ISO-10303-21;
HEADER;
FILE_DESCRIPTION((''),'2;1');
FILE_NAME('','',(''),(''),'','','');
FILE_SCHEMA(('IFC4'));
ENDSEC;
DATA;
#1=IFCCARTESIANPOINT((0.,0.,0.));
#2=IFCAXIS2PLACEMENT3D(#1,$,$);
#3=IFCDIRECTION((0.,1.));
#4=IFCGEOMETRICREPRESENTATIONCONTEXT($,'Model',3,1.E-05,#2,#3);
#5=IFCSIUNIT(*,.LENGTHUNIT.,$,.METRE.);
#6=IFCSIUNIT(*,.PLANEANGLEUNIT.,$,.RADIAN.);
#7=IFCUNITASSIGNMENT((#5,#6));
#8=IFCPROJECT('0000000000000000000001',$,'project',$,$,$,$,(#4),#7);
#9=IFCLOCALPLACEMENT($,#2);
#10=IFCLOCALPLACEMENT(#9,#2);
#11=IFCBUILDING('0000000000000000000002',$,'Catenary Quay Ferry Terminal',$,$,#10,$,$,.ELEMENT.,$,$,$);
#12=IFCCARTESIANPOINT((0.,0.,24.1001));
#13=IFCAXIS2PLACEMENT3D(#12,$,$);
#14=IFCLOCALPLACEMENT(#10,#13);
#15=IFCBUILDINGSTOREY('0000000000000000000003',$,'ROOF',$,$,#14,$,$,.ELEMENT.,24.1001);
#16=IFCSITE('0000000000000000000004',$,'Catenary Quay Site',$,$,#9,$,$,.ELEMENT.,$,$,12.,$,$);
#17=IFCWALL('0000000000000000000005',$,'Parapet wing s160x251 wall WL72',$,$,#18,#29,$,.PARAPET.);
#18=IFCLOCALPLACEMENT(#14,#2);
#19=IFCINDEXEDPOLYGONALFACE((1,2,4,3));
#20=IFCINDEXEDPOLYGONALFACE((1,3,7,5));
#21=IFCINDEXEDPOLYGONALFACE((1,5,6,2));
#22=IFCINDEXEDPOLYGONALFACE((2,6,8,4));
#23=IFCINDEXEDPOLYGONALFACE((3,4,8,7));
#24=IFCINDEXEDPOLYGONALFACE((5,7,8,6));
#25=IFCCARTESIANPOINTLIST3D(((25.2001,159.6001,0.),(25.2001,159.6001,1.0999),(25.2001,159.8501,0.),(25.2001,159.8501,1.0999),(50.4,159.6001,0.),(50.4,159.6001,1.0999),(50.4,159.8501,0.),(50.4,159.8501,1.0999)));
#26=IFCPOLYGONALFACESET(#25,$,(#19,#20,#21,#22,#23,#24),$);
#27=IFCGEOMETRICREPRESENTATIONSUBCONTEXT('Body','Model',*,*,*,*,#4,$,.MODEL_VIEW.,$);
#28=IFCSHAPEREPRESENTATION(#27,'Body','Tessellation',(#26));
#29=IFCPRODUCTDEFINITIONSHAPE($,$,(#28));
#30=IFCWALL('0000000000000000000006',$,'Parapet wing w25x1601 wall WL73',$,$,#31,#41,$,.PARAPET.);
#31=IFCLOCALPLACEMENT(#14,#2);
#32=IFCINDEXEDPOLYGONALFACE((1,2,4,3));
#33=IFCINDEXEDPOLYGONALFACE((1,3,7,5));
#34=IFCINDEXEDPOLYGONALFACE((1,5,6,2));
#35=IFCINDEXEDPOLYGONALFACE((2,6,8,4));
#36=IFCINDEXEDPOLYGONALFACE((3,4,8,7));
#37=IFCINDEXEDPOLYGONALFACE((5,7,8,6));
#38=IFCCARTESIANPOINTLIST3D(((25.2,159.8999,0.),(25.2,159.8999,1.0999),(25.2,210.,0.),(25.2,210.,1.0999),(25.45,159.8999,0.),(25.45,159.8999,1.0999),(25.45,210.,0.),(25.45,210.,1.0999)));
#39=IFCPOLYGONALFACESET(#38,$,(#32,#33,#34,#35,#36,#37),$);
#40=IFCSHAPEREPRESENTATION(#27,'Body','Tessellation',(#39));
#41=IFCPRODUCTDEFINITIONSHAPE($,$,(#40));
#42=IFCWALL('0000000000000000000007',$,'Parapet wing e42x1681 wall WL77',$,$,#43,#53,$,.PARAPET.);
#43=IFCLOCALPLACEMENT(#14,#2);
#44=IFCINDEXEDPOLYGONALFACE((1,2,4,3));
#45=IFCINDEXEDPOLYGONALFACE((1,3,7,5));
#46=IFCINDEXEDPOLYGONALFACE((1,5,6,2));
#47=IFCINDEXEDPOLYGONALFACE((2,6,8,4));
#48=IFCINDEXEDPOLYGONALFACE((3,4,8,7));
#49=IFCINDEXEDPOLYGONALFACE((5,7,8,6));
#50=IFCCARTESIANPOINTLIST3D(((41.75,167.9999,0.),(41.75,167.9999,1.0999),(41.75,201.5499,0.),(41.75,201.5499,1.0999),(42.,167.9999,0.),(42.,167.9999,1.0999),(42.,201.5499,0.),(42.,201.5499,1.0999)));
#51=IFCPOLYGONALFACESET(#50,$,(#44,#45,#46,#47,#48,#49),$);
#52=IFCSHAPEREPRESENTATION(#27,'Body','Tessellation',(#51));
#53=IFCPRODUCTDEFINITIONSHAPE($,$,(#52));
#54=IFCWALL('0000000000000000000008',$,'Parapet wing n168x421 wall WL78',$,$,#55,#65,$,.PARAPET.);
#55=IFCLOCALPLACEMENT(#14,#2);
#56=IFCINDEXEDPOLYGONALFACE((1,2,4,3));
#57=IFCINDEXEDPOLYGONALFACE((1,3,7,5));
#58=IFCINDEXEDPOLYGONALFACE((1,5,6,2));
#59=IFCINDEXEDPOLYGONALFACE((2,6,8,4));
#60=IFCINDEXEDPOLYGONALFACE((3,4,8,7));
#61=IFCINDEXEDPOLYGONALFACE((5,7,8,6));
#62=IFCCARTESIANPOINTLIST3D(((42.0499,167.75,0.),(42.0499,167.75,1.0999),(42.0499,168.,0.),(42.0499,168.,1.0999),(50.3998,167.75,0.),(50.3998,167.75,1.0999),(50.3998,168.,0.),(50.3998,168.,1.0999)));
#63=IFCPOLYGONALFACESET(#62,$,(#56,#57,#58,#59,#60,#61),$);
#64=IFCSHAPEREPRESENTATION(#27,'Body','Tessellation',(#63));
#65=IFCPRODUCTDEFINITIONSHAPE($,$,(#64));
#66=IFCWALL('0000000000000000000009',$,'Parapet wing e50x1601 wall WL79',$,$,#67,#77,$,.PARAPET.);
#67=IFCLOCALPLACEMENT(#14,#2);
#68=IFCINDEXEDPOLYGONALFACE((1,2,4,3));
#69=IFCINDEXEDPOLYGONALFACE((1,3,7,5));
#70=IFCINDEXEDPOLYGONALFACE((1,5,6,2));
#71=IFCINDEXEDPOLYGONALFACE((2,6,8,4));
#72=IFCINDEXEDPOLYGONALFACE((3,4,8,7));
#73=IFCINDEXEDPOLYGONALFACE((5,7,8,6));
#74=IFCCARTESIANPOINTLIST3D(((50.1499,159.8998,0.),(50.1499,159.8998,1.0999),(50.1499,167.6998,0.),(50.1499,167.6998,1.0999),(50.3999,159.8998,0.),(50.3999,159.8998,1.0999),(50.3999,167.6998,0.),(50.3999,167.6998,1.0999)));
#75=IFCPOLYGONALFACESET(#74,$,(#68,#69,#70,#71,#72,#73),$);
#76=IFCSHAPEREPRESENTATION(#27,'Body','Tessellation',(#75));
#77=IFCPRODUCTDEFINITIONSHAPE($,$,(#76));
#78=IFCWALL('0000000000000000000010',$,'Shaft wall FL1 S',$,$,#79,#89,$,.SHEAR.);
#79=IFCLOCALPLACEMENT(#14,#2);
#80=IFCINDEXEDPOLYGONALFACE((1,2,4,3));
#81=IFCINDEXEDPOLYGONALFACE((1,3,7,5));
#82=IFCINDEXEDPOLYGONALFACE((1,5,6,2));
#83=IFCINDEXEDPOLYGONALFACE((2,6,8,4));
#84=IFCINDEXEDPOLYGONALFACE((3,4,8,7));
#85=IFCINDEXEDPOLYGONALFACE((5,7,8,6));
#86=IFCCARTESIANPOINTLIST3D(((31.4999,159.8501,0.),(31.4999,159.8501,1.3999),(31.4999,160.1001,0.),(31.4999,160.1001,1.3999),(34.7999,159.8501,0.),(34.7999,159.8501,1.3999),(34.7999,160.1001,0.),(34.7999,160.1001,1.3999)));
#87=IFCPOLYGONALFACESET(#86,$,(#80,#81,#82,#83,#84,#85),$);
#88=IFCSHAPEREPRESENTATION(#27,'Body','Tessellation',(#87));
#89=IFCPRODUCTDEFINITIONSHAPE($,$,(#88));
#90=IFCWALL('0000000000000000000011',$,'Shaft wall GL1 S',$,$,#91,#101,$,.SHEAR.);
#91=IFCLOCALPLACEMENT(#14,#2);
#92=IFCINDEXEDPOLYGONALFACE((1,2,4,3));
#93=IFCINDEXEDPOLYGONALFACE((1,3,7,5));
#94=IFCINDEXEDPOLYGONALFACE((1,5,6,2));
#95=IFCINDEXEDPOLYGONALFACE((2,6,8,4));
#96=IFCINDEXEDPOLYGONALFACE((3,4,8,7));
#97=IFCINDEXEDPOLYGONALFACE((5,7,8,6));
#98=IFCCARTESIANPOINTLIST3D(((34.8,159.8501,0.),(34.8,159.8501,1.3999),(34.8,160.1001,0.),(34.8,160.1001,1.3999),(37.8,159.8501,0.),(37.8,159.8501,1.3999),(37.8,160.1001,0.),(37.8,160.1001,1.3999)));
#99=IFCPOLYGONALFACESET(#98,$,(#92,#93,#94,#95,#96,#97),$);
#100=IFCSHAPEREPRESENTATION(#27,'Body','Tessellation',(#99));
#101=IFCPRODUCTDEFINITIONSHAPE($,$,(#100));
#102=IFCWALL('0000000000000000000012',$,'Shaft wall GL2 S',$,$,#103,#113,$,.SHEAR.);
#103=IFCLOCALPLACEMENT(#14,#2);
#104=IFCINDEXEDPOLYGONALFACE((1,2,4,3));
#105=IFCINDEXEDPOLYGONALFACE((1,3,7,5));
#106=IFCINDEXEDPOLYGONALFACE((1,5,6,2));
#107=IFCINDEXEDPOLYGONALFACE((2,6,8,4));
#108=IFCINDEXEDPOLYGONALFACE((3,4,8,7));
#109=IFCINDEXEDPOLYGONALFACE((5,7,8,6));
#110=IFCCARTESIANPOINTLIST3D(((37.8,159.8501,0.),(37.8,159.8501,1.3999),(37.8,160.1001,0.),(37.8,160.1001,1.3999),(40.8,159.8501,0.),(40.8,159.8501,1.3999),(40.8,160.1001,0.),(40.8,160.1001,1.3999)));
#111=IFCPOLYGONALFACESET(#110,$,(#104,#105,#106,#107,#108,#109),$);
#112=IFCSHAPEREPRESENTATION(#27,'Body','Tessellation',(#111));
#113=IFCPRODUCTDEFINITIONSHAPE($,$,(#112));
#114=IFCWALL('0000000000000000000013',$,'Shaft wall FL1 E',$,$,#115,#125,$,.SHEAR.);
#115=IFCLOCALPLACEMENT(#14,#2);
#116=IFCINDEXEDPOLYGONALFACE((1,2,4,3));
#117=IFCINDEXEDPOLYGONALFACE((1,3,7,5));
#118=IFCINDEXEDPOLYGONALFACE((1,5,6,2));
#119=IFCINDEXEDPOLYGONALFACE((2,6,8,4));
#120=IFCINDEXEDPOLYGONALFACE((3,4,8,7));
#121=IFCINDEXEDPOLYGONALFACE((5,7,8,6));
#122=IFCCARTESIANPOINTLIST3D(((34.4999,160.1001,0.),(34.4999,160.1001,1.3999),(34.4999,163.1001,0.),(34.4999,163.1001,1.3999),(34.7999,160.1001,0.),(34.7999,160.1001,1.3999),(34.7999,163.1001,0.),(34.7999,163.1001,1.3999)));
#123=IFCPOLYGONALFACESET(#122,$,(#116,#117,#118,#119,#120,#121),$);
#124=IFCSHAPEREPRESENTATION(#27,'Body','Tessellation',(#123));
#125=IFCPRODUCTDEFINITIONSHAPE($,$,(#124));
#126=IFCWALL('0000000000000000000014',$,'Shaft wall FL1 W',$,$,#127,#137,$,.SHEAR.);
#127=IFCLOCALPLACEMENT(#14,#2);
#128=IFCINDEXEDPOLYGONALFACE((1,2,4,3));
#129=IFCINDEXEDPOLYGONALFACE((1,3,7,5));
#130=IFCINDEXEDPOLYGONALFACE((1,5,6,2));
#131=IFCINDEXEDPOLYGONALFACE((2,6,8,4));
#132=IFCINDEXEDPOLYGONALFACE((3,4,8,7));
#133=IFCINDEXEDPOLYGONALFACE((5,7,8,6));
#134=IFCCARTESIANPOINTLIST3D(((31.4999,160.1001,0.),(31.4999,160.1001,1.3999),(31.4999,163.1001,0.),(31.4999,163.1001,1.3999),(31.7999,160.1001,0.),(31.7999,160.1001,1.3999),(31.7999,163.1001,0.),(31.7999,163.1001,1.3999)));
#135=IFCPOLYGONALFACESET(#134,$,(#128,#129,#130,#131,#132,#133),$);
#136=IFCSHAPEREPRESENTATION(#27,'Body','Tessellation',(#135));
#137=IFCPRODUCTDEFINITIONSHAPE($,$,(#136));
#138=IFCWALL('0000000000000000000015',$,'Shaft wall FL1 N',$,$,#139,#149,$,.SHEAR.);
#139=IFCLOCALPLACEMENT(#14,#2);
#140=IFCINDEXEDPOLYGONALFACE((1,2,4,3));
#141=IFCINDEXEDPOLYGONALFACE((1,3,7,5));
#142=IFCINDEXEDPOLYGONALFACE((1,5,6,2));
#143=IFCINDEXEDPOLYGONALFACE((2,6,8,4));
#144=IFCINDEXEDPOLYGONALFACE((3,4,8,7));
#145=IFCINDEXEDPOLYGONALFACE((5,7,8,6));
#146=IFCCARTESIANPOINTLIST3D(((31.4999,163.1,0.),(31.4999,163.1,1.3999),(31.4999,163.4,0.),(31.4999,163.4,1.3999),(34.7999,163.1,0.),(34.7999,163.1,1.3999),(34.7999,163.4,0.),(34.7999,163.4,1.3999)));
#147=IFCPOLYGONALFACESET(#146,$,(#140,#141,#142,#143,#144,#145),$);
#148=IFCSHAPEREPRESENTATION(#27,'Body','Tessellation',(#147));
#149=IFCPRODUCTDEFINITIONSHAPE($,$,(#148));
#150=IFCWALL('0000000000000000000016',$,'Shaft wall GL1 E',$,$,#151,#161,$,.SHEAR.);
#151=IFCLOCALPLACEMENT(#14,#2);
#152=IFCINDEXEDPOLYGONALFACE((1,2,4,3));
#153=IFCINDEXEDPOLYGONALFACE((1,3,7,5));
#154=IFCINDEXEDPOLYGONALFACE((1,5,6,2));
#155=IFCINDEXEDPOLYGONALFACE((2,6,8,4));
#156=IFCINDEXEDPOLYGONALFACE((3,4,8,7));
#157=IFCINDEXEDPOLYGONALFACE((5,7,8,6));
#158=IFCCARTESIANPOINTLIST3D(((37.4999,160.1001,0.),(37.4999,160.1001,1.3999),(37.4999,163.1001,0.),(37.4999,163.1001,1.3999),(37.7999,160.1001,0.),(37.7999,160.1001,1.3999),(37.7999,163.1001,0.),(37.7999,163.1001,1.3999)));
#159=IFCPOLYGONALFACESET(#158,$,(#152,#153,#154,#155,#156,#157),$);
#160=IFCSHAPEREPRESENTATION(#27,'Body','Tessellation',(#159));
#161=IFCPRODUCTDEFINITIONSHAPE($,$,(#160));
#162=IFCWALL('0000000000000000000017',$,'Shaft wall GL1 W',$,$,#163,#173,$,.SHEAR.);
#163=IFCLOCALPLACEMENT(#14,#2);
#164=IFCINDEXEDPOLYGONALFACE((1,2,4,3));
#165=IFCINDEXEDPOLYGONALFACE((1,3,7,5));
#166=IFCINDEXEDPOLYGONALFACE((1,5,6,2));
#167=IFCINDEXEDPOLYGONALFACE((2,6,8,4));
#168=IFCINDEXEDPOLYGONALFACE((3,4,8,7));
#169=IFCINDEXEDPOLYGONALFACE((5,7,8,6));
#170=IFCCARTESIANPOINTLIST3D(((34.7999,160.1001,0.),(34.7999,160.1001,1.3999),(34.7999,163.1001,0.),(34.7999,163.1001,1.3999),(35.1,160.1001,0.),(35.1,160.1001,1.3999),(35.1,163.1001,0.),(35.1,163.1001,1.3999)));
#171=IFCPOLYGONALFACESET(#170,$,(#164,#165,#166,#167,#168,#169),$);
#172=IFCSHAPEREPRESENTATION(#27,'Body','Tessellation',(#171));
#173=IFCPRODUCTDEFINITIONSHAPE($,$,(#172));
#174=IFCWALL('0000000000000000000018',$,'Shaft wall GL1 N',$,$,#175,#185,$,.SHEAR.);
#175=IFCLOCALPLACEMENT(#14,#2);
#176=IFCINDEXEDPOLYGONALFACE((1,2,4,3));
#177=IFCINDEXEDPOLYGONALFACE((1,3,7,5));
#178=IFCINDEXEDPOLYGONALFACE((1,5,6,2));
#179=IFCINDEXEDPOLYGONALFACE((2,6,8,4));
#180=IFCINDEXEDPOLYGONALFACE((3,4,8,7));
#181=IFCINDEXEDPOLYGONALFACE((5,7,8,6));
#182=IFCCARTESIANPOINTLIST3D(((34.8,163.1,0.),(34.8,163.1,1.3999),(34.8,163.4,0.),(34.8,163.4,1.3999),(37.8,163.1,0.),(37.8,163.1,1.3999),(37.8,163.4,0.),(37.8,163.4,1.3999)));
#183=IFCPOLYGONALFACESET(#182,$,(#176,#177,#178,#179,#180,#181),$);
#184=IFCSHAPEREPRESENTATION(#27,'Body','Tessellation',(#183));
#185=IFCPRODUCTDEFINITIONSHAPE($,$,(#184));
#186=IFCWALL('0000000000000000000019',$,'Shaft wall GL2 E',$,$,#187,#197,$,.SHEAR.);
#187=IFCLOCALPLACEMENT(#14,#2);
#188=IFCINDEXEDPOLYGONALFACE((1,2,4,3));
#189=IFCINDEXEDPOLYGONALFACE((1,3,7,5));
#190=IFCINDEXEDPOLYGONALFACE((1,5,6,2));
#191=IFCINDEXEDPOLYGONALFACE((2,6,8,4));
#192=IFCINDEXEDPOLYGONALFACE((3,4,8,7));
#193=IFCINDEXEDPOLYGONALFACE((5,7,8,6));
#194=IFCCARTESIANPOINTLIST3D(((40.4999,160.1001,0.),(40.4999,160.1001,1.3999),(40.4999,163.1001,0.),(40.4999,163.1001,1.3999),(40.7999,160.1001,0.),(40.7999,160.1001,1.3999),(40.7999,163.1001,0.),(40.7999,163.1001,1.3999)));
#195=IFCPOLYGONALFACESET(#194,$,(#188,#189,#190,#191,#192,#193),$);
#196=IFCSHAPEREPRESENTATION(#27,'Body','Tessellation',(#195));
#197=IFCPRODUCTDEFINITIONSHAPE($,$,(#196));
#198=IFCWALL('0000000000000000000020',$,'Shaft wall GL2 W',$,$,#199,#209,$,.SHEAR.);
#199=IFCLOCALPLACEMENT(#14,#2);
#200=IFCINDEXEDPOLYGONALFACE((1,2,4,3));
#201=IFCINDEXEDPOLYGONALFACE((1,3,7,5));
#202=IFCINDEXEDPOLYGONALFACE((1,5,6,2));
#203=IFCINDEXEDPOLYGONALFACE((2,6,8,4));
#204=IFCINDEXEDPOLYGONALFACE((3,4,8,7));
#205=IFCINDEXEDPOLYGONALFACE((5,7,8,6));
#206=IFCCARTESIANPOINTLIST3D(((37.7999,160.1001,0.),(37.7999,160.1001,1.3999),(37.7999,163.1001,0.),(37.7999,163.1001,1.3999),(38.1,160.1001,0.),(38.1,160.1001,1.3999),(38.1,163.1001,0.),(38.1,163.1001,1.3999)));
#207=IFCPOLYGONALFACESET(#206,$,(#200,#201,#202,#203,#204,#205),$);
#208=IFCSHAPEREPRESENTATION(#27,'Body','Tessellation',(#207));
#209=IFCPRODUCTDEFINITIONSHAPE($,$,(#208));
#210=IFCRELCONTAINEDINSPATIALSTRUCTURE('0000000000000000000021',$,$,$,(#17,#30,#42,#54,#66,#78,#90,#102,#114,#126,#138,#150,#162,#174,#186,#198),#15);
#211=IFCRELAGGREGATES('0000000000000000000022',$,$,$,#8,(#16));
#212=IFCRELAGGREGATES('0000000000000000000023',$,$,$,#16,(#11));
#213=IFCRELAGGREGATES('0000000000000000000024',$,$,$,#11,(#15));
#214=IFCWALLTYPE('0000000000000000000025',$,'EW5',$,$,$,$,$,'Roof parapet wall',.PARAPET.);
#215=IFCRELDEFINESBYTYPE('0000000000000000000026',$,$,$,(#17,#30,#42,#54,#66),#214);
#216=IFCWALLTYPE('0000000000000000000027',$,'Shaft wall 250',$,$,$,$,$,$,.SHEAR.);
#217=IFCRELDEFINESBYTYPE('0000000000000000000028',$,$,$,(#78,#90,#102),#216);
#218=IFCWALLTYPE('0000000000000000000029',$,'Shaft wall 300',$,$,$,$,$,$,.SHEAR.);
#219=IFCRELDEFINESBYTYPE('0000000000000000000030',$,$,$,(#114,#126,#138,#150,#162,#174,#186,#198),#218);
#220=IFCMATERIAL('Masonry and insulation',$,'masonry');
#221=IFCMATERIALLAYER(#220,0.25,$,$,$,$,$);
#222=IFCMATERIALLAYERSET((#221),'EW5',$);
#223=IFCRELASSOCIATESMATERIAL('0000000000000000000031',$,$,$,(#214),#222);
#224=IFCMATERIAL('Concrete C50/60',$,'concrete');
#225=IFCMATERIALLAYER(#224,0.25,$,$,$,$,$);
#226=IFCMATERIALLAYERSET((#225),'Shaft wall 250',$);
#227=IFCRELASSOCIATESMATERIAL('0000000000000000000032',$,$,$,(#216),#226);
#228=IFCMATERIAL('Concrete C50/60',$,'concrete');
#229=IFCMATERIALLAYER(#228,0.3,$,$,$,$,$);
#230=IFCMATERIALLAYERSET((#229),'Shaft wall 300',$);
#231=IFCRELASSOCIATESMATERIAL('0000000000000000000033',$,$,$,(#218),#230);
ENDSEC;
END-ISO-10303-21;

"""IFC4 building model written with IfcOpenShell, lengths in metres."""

from ifc_helpers import new_model, si_unit, direction, frame, frame_2d, origin, place, context, subcontext, project, spatial, rectangle, extrude, material, layer, layer_set, type_object, element, save


model = new_model("IFC4")

# Units and contexts
model_context = context("Model", 3, precision=1e-05, world=origin(), true_north=direction((0.0, 1.0)))
body_context = subcontext(model_context, "Body", "Model", "MODEL_VIEW")
ifc_project = project(units=[si_unit("LENGTHUNIT", "METRE"), si_unit("PLANEANGLEUNIT", "RADIAN")], contexts=[model_context])

# Site, building, storey
site_placement = place(None, origin())
site = spatial("IfcSite", under=ifc_project, at=site_placement, Name="Catenary Quay Site", CompositionType="ELEMENT", RefElevation=12.0)
building_placement = place(site_placement, origin())
building = spatial("IfcBuilding", under=site, at=building_placement, Name="Catenary Quay Ferry Terminal", CompositionType="ELEMENT")
storey_placement = place(building_placement, frame((0.0, 0.0, 24.1001)))
storey = spatial("IfcBuildingStorey", under=building, at=storey_placement, Name="ROOF", CompositionType="ELEMENT", Elevation=24.1001)

# Walls
ifc_material_1 = material(Name="Masonry and insulation", Category="masonry")
ifc_layer_1 = layer(ifc_material_1, 0.25)
ifc_layer_set_1 = layer_set([ifc_layer_1], Name="EW5")
wall_type_1 = type_object("IfcWallType", Name="EW5", ElementType="Roof parapet wall", PredefinedType="PARAPET", material=ifc_layer_set_1)
wall_1_placement = place(storey_placement, frame((25.2, 159.7251, 0.0), z_axis=(0.0, 0.0, 1.0), x_axis=(1.0, 0.0, 0.0)))
element("IfcWall", 1, at=wall_1_placement, inside=storey, type_object=wall_type_1, Name="Parapet wing s160x251 wall WL72", PredefinedType="PARAPET", context=body_context, shape_type="SweptSolid", body=[
    extrude(rectangle(XDim=25.2, YDim=0.25, at=frame_2d((12.6001, 0.0))), origin(), (0.0, 0.0, 1.0), 1.0999),
])
wall_2_placement = place(storey_placement, frame((25.325, 159.8999, 0.0), z_axis=(0.0, 0.0, 1.0), x_axis=(0.0, 1.0, 0.0)))
element("IfcWall", 2, at=wall_2_placement, inside=storey, type_object=wall_type_1, Name="Parapet wing w25x1601 wall WL73", PredefinedType="PARAPET", context=body_context, shape_type="SweptSolid", body=[
    extrude(rectangle(XDim=50.1001, YDim=0.25, at=frame_2d((25.05, 0.0))), origin(), (0.0, 0.0, 1.0), 1.0999),
])
wall_3_placement = place(storey_placement, frame((41.875, 168.0, 0.0), z_axis=(0.0, 0.0, 1.0), x_axis=(0.0, 1.0, 0.0)))
element("IfcWall", 3, at=wall_3_placement, inside=storey, type_object=wall_type_1, Name="Parapet wing e42x1681 wall WL77", PredefinedType="PARAPET", context=body_context, shape_type="SweptSolid", body=[
    extrude(rectangle(XDim=33.55, YDim=0.25, at=frame_2d((16.7749, 0.0))), origin(), (0.0, 0.0, 1.0), 1.0999),
])
wall_4_placement = place(storey_placement, frame((42.05, 167.875, 0.0), z_axis=(0.0, 0.0, 1.0), x_axis=(1.0, 0.0, 0.0)))
element("IfcWall", 4, at=wall_4_placement, inside=storey, type_object=wall_type_1, Name="Parapet wing n168x421 wall WL78", PredefinedType="PARAPET", context=body_context, shape_type="SweptSolid", body=[
    extrude(rectangle(XDim=8.3499, YDim=0.25, at=frame_2d((4.1748, 0.0))), origin(), (0.0, 0.0, 1.0), 1.0999),
])
wall_5_placement = place(storey_placement, frame((50.2749, 159.8999, 0.0), z_axis=(0.0, 0.0, 1.0), x_axis=(0.0, 1.0, 0.0)))
element("IfcWall", 5, at=wall_5_placement, inside=storey, type_object=wall_type_1, Name="Parapet wing e50x1601 wall WL79", PredefinedType="PARAPET", context=body_context, shape_type="SweptSolid", body=[
    extrude(rectangle(XDim=7.8, YDim=0.25, at=frame_2d((3.8999, 0.0))), origin(), (0.0, 0.0, 1.0), 1.0999),
])
ifc_material_2 = material(Name="Concrete C50/60", Category="concrete")
ifc_layer_2 = layer(ifc_material_2, 0.25)
ifc_layer_set_2 = layer_set([ifc_layer_2], Name="Shaft wall 250")
wall_type_2 = type_object("IfcWallType", Name="Shaft wall 250", PredefinedType="SHEAR", material=ifc_layer_set_2)
wall_6_placement = place(storey_placement, frame((31.5, 159.9751, 0.0), z_axis=(0.0, 0.0, 1.0), x_axis=(1.0, 0.0, 0.0)))
element("IfcWall", 6, at=wall_6_placement, inside=storey, type_object=wall_type_2, Name="Shaft wall FL1 S", PredefinedType="SHEAR", context=body_context, shape_type="SweptSolid", body=[
    extrude(rectangle(XDim=3.3, YDim=0.25, at=frame_2d((1.6499, 0.0))), origin(), (0.0, 0.0, 1.0), 1.3999),
])
for number, where, z_axis, x_axis, name in (
    (7, (34.8, 159.9751, 0.0), (0.0, 0.0, 1.0), (1.0, 0.0, 0.0), "Shaft wall GL1 S"),
    (8, (37.8, 159.9751, 0.0), (0.0, 0.0, 1.0), (1.0, 0.0, 0.0), "Shaft wall GL2 S"),
):
    element("IfcWall", number, at=place(storey_placement, frame(where, z_axis=z_axis, x_axis=x_axis)), inside=storey, type_object=wall_type_2, Name=name, PredefinedType="SHEAR", context=body_context, shape_type="SweptSolid", body=[
        extrude(rectangle(XDim=3.0, YDim=0.25, at=frame_2d((1.5, 0.0))), origin(), (0.0, 0.0, 1.0), 1.3999),
    ])
ifc_material_3 = material(Name="Concrete C50/60", Category="concrete")
ifc_layer_3 = layer(ifc_material_3, 0.3)
ifc_layer_set_3 = layer_set([ifc_layer_3], Name="Shaft wall 300")
wall_type_3 = type_object("IfcWallType", Name="Shaft wall 300", PredefinedType="SHEAR", material=ifc_layer_set_3)
for number, where, z_axis, x_axis, name in (
    (9, (34.6499, 160.1001, 0.0), (0.0, 0.0, 1.0), (0.0, 1.0, 0.0), "Shaft wall FL1 E"),
    (10, (31.6499, 160.1001, 0.0), (0.0, 0.0, 1.0), (0.0, 1.0, 0.0), "Shaft wall FL1 W"),
):
    element("IfcWall", number, at=place(storey_placement, frame(where, z_axis=z_axis, x_axis=x_axis)), inside=storey, type_object=wall_type_3, Name=name, PredefinedType="SHEAR", context=body_context, shape_type="SweptSolid", body=[
        extrude(rectangle(XDim=3.0, YDim=0.3, at=frame_2d((1.5, 0.0))), origin(), (0.0, 0.0, 1.0), 1.3999),
    ])
wall_7_placement = place(storey_placement, frame((31.5, 163.25, 0.0), z_axis=(0.0, 0.0, 1.0), x_axis=(1.0, 0.0, 0.0)))
element("IfcWall", 11, at=wall_7_placement, inside=storey, type_object=wall_type_3, Name="Shaft wall FL1 N", PredefinedType="SHEAR", context=body_context, shape_type="SweptSolid", body=[
    extrude(rectangle(XDim=3.3, YDim=0.3, at=frame_2d((1.6499, 0.0))), origin(), (0.0, 0.0, 1.0), 1.3999),
])
for number, where, z_axis, x_axis, name in (
    (12, (37.6499, 160.1001, 0.0), (0.0, 0.0, 1.0), (0.0, 1.0, 0.0), "Shaft wall GL1 E"),
    (13, (34.95, 160.1001, 0.0), (0.0, 0.0, 1.0), (0.0, 1.0, 0.0), "Shaft wall GL1 W"),
    (14, (34.8, 163.25, 0.0), (0.0, 0.0, 1.0), (1.0, 0.0, 0.0), "Shaft wall GL1 N"),
    (15, (40.6499, 160.1001, 0.0), (0.0, 0.0, 1.0), (0.0, 1.0, 0.0), "Shaft wall GL2 E"),
    (16, (37.95, 160.1001, 0.0), (0.0, 0.0, 1.0), (0.0, 1.0, 0.0), "Shaft wall GL2 W"),
):
    element("IfcWall", number, at=place(storey_placement, frame(where, z_axis=z_axis, x_axis=x_axis)), inside=storey, type_object=wall_type_3, Name=name, PredefinedType="SHEAR", context=body_context, shape_type="SweptSolid", body=[
        extrude(rectangle(XDim=3.0, YDim=0.3, at=frame_2d((1.5, 0.0))), origin(), (0.0, 0.0, 1.0), 1.3999),
    ])

save(model, "model.ifc")
